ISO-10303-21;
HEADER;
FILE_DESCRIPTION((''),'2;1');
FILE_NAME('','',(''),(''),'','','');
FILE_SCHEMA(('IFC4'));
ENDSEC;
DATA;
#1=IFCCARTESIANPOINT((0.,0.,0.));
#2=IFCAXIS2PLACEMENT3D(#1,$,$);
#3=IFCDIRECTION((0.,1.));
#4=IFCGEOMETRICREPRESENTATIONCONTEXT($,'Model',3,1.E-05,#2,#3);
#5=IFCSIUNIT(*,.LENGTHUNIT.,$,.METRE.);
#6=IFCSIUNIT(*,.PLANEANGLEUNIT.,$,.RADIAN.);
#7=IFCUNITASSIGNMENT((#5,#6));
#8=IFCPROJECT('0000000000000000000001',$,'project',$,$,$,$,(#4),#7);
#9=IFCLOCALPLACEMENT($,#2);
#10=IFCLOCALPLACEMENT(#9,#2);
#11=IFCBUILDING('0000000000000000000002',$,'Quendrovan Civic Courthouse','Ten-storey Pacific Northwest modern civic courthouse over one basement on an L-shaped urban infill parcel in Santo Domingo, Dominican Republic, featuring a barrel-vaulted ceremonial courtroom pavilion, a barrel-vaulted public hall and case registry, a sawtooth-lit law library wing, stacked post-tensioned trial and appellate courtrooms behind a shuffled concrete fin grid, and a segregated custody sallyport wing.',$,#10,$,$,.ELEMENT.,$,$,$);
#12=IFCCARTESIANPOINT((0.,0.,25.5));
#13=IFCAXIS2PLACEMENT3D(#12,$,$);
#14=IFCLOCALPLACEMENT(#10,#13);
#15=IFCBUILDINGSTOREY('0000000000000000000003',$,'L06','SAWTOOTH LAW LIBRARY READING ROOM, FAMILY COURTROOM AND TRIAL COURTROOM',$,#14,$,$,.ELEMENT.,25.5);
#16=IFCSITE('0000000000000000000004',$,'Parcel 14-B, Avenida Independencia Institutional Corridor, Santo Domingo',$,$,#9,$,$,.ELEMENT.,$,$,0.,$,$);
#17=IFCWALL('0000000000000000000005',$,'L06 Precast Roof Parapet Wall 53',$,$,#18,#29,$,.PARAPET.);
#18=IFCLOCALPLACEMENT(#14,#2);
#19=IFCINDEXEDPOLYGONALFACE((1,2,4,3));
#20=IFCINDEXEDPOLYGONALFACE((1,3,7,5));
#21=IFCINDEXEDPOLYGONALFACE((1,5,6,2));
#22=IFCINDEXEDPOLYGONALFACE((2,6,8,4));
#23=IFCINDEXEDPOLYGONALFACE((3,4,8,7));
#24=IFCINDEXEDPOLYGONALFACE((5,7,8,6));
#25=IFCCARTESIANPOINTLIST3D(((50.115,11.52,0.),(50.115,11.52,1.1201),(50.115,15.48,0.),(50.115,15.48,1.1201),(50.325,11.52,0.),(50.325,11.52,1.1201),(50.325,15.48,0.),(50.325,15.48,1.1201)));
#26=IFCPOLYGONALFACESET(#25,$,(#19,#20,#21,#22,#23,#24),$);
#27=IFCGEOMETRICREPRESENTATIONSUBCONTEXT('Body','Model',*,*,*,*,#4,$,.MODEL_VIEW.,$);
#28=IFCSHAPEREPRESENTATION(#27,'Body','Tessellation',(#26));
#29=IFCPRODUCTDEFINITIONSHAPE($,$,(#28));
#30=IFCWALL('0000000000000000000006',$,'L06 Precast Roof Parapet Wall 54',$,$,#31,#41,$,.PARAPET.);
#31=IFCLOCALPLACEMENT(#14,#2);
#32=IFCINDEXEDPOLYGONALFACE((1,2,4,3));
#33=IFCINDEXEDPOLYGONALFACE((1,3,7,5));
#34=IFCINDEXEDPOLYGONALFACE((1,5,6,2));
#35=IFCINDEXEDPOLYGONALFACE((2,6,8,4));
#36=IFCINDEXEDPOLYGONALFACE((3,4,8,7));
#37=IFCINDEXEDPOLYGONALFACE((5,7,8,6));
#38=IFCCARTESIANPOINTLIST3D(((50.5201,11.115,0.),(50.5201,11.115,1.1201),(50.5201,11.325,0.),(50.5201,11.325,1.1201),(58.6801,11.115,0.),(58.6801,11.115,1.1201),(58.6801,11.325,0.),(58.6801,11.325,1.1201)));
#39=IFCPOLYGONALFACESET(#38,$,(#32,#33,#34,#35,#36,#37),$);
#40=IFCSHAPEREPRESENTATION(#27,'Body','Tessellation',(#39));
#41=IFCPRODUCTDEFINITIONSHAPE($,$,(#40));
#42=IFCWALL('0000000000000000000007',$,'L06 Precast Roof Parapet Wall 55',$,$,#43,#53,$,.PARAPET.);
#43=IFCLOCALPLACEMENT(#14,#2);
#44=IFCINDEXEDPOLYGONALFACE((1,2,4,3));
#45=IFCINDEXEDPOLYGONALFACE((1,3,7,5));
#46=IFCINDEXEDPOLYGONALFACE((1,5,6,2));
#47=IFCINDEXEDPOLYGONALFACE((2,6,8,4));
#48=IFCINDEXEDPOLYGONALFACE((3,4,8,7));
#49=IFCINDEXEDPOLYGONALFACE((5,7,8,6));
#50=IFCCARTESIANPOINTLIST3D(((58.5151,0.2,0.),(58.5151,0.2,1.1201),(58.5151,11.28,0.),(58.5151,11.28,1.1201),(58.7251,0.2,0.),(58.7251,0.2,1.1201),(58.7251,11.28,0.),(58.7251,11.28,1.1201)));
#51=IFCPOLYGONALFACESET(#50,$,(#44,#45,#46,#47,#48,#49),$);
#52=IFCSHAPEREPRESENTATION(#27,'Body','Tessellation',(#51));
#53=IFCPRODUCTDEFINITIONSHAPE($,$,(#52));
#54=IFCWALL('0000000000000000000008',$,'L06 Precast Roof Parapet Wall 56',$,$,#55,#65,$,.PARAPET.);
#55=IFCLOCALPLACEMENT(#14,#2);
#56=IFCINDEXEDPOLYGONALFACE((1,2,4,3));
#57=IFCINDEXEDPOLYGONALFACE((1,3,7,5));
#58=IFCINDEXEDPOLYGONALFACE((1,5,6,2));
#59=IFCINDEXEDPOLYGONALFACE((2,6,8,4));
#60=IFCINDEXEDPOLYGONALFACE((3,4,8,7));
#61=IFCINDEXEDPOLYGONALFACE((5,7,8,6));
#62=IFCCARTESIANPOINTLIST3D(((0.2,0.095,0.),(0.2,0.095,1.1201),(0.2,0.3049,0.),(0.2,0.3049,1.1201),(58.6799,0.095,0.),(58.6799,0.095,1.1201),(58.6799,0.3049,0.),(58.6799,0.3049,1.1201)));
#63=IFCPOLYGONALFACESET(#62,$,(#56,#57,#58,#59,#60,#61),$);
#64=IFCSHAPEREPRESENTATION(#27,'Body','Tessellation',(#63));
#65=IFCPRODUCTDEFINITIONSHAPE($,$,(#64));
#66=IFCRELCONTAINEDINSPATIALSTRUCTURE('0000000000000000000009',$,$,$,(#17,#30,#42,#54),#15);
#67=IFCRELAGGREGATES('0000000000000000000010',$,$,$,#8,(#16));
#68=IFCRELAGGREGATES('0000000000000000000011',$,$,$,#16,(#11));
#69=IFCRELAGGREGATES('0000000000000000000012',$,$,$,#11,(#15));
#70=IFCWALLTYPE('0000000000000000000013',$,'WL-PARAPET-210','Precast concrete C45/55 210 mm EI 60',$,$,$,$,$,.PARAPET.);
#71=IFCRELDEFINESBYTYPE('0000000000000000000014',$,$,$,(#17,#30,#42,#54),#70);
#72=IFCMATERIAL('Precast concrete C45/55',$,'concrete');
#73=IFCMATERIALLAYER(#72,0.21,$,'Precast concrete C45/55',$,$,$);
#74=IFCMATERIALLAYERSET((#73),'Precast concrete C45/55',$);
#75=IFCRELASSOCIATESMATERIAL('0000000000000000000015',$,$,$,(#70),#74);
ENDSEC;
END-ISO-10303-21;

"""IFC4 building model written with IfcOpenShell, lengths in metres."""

from ifc_helpers import new_model, si_unit, direction, frame, frame_2d, origin, place, context, subcontext, project, spatial, rectangle, extrude, material, layer, layer_set, type_object, element, save


model = new_model("IFC4")

# Units and contexts
model_context = context("Model", 3, precision=1e-05, world=origin(), true_north=direction((0.0, 1.0)))
body_context = subcontext(model_context, "Body", "Model", "MODEL_VIEW")
ifc_project = project(units=[si_unit("LENGTHUNIT", "METRE"), si_unit("PLANEANGLEUNIT", "RADIAN")], contexts=[model_context])

# Site, building, storey
site_placement = place(None, origin())
site = spatial("IfcSite", under=ifc_project, at=site_placement, Name="Parcel 14-B, Avenida Independencia Institutional Corridor, Santo Domingo", CompositionType="ELEMENT", RefElevation=0.0)
building_placement = place(site_placement, origin())
building = spatial("IfcBuilding", under=site, at=building_placement, Name="Quendrovan Civic Courthouse", Description="Ten-storey Pacific Northwest modern civic courthouse over one basement on an L-shaped urban infill parcel in Santo Domingo, Dominican Republic, featuring a barrel-vaulted ceremonial courtroom pavilion, a barrel-vaulted public hall and case registry, a sawtooth-lit law library wing, stacked post-tensioned trial and appellate courtrooms behind a shuffled concrete fin grid, and a segregated custody sallyport wing.", CompositionType="ELEMENT")
storey_placement = place(building_placement, frame((0.0, 0.0, 25.5)))
storey = spatial("IfcBuildingStorey", under=building, at=storey_placement, Name="L06", Description="SAWTOOTH LAW LIBRARY READING ROOM, FAMILY COURTROOM AND TRIAL COURTROOM", CompositionType="ELEMENT", Elevation=25.5)

# Walls
ifc_material_1 = material(Name="Precast concrete C45/55", Category="concrete")
ifc_layer_1 = layer(ifc_material_1, 0.21, Name="Precast concrete C45/55")
ifc_layer_set_1 = layer_set([ifc_layer_1], Name="Precast concrete C45/55")
wall_type_1 = type_object("IfcWallType", Name="WL-PARAPET-210", Description="Precast concrete C45/55 210 mm EI 60", PredefinedType="PARAPET", material=ifc_layer_set_1)
wall_1_placement = place(storey_placement, frame((50.22, 15.48, 0.0), z_axis=(0.0, 0.0, 1.0), x_axis=(0.0, -1.0, 0.0)))
element("IfcWall", 1, at=wall_1_placement, inside=storey, type_object=wall_type_1, Name="L06 Precast Roof Parapet Wall 53", PredefinedType="PARAPET", context=body_context, shape_type="SweptSolid", body=[
    extrude(rectangle(XDim=3.96, YDim=0.21, at=frame_2d((1.98, 0.0))), origin(), (0.0, 0.0, 1.0), 1.1201),
])
wall_2_placement = place(storey_placement, frame((50.52, 11.22, 0.0), z_axis=(0.0, 0.0, 1.0), x_axis=(1.0, 0.0, 0.0)))
element("IfcWall", 2, at=wall_2_placement, inside=storey, type_object=wall_type_1, Name="L06 Precast Roof Parapet Wall 54", PredefinedType="PARAPET", context=body_context, shape_type="SweptSolid", body=[
    extrude(rectangle(XDim=8.1599, YDim=0.21, at=frame_2d((4.0801, 0.0))), origin(), (0.0, 0.0, 1.0), 1.1201),
])
wall_3_placement = place(storey_placement, frame((58.6201, 11.28, 0.0), z_axis=(0.0, 0.0, 1.0), x_axis=(0.0, -1.0, 0.0)))
element("IfcWall", 3, at=wall_3_placement, inside=storey, type_object=wall_type_1, Name="L06 Precast Roof Parapet Wall 55", PredefinedType="PARAPET", context=body_context, shape_type="SweptSolid", body=[
    extrude(rectangle(XDim=11.0801, YDim=0.21, at=frame_2d((5.54, 0.0))), origin(), (0.0, 0.0, 1.0), 1.1201),
])
wall_4_placement = place(storey_placement, frame((58.6799, 0.2, 0.0), z_axis=(0.0, 0.0, 1.0), x_axis=(-1.0, 0.0, 0.0)))
element("IfcWall", 4, at=wall_4_placement, inside=storey, type_object=wall_type_1, Name="L06 Precast Roof Parapet Wall 56", PredefinedType="PARAPET", context=body_context, shape_type="SweptSolid", body=[
    extrude(rectangle(XDim=58.48, YDim=0.21, at=frame_2d((29.24, 0.0))), origin(), (0.0, 0.0, 1.0), 1.1201),
])

save(model, "model.ifc")
